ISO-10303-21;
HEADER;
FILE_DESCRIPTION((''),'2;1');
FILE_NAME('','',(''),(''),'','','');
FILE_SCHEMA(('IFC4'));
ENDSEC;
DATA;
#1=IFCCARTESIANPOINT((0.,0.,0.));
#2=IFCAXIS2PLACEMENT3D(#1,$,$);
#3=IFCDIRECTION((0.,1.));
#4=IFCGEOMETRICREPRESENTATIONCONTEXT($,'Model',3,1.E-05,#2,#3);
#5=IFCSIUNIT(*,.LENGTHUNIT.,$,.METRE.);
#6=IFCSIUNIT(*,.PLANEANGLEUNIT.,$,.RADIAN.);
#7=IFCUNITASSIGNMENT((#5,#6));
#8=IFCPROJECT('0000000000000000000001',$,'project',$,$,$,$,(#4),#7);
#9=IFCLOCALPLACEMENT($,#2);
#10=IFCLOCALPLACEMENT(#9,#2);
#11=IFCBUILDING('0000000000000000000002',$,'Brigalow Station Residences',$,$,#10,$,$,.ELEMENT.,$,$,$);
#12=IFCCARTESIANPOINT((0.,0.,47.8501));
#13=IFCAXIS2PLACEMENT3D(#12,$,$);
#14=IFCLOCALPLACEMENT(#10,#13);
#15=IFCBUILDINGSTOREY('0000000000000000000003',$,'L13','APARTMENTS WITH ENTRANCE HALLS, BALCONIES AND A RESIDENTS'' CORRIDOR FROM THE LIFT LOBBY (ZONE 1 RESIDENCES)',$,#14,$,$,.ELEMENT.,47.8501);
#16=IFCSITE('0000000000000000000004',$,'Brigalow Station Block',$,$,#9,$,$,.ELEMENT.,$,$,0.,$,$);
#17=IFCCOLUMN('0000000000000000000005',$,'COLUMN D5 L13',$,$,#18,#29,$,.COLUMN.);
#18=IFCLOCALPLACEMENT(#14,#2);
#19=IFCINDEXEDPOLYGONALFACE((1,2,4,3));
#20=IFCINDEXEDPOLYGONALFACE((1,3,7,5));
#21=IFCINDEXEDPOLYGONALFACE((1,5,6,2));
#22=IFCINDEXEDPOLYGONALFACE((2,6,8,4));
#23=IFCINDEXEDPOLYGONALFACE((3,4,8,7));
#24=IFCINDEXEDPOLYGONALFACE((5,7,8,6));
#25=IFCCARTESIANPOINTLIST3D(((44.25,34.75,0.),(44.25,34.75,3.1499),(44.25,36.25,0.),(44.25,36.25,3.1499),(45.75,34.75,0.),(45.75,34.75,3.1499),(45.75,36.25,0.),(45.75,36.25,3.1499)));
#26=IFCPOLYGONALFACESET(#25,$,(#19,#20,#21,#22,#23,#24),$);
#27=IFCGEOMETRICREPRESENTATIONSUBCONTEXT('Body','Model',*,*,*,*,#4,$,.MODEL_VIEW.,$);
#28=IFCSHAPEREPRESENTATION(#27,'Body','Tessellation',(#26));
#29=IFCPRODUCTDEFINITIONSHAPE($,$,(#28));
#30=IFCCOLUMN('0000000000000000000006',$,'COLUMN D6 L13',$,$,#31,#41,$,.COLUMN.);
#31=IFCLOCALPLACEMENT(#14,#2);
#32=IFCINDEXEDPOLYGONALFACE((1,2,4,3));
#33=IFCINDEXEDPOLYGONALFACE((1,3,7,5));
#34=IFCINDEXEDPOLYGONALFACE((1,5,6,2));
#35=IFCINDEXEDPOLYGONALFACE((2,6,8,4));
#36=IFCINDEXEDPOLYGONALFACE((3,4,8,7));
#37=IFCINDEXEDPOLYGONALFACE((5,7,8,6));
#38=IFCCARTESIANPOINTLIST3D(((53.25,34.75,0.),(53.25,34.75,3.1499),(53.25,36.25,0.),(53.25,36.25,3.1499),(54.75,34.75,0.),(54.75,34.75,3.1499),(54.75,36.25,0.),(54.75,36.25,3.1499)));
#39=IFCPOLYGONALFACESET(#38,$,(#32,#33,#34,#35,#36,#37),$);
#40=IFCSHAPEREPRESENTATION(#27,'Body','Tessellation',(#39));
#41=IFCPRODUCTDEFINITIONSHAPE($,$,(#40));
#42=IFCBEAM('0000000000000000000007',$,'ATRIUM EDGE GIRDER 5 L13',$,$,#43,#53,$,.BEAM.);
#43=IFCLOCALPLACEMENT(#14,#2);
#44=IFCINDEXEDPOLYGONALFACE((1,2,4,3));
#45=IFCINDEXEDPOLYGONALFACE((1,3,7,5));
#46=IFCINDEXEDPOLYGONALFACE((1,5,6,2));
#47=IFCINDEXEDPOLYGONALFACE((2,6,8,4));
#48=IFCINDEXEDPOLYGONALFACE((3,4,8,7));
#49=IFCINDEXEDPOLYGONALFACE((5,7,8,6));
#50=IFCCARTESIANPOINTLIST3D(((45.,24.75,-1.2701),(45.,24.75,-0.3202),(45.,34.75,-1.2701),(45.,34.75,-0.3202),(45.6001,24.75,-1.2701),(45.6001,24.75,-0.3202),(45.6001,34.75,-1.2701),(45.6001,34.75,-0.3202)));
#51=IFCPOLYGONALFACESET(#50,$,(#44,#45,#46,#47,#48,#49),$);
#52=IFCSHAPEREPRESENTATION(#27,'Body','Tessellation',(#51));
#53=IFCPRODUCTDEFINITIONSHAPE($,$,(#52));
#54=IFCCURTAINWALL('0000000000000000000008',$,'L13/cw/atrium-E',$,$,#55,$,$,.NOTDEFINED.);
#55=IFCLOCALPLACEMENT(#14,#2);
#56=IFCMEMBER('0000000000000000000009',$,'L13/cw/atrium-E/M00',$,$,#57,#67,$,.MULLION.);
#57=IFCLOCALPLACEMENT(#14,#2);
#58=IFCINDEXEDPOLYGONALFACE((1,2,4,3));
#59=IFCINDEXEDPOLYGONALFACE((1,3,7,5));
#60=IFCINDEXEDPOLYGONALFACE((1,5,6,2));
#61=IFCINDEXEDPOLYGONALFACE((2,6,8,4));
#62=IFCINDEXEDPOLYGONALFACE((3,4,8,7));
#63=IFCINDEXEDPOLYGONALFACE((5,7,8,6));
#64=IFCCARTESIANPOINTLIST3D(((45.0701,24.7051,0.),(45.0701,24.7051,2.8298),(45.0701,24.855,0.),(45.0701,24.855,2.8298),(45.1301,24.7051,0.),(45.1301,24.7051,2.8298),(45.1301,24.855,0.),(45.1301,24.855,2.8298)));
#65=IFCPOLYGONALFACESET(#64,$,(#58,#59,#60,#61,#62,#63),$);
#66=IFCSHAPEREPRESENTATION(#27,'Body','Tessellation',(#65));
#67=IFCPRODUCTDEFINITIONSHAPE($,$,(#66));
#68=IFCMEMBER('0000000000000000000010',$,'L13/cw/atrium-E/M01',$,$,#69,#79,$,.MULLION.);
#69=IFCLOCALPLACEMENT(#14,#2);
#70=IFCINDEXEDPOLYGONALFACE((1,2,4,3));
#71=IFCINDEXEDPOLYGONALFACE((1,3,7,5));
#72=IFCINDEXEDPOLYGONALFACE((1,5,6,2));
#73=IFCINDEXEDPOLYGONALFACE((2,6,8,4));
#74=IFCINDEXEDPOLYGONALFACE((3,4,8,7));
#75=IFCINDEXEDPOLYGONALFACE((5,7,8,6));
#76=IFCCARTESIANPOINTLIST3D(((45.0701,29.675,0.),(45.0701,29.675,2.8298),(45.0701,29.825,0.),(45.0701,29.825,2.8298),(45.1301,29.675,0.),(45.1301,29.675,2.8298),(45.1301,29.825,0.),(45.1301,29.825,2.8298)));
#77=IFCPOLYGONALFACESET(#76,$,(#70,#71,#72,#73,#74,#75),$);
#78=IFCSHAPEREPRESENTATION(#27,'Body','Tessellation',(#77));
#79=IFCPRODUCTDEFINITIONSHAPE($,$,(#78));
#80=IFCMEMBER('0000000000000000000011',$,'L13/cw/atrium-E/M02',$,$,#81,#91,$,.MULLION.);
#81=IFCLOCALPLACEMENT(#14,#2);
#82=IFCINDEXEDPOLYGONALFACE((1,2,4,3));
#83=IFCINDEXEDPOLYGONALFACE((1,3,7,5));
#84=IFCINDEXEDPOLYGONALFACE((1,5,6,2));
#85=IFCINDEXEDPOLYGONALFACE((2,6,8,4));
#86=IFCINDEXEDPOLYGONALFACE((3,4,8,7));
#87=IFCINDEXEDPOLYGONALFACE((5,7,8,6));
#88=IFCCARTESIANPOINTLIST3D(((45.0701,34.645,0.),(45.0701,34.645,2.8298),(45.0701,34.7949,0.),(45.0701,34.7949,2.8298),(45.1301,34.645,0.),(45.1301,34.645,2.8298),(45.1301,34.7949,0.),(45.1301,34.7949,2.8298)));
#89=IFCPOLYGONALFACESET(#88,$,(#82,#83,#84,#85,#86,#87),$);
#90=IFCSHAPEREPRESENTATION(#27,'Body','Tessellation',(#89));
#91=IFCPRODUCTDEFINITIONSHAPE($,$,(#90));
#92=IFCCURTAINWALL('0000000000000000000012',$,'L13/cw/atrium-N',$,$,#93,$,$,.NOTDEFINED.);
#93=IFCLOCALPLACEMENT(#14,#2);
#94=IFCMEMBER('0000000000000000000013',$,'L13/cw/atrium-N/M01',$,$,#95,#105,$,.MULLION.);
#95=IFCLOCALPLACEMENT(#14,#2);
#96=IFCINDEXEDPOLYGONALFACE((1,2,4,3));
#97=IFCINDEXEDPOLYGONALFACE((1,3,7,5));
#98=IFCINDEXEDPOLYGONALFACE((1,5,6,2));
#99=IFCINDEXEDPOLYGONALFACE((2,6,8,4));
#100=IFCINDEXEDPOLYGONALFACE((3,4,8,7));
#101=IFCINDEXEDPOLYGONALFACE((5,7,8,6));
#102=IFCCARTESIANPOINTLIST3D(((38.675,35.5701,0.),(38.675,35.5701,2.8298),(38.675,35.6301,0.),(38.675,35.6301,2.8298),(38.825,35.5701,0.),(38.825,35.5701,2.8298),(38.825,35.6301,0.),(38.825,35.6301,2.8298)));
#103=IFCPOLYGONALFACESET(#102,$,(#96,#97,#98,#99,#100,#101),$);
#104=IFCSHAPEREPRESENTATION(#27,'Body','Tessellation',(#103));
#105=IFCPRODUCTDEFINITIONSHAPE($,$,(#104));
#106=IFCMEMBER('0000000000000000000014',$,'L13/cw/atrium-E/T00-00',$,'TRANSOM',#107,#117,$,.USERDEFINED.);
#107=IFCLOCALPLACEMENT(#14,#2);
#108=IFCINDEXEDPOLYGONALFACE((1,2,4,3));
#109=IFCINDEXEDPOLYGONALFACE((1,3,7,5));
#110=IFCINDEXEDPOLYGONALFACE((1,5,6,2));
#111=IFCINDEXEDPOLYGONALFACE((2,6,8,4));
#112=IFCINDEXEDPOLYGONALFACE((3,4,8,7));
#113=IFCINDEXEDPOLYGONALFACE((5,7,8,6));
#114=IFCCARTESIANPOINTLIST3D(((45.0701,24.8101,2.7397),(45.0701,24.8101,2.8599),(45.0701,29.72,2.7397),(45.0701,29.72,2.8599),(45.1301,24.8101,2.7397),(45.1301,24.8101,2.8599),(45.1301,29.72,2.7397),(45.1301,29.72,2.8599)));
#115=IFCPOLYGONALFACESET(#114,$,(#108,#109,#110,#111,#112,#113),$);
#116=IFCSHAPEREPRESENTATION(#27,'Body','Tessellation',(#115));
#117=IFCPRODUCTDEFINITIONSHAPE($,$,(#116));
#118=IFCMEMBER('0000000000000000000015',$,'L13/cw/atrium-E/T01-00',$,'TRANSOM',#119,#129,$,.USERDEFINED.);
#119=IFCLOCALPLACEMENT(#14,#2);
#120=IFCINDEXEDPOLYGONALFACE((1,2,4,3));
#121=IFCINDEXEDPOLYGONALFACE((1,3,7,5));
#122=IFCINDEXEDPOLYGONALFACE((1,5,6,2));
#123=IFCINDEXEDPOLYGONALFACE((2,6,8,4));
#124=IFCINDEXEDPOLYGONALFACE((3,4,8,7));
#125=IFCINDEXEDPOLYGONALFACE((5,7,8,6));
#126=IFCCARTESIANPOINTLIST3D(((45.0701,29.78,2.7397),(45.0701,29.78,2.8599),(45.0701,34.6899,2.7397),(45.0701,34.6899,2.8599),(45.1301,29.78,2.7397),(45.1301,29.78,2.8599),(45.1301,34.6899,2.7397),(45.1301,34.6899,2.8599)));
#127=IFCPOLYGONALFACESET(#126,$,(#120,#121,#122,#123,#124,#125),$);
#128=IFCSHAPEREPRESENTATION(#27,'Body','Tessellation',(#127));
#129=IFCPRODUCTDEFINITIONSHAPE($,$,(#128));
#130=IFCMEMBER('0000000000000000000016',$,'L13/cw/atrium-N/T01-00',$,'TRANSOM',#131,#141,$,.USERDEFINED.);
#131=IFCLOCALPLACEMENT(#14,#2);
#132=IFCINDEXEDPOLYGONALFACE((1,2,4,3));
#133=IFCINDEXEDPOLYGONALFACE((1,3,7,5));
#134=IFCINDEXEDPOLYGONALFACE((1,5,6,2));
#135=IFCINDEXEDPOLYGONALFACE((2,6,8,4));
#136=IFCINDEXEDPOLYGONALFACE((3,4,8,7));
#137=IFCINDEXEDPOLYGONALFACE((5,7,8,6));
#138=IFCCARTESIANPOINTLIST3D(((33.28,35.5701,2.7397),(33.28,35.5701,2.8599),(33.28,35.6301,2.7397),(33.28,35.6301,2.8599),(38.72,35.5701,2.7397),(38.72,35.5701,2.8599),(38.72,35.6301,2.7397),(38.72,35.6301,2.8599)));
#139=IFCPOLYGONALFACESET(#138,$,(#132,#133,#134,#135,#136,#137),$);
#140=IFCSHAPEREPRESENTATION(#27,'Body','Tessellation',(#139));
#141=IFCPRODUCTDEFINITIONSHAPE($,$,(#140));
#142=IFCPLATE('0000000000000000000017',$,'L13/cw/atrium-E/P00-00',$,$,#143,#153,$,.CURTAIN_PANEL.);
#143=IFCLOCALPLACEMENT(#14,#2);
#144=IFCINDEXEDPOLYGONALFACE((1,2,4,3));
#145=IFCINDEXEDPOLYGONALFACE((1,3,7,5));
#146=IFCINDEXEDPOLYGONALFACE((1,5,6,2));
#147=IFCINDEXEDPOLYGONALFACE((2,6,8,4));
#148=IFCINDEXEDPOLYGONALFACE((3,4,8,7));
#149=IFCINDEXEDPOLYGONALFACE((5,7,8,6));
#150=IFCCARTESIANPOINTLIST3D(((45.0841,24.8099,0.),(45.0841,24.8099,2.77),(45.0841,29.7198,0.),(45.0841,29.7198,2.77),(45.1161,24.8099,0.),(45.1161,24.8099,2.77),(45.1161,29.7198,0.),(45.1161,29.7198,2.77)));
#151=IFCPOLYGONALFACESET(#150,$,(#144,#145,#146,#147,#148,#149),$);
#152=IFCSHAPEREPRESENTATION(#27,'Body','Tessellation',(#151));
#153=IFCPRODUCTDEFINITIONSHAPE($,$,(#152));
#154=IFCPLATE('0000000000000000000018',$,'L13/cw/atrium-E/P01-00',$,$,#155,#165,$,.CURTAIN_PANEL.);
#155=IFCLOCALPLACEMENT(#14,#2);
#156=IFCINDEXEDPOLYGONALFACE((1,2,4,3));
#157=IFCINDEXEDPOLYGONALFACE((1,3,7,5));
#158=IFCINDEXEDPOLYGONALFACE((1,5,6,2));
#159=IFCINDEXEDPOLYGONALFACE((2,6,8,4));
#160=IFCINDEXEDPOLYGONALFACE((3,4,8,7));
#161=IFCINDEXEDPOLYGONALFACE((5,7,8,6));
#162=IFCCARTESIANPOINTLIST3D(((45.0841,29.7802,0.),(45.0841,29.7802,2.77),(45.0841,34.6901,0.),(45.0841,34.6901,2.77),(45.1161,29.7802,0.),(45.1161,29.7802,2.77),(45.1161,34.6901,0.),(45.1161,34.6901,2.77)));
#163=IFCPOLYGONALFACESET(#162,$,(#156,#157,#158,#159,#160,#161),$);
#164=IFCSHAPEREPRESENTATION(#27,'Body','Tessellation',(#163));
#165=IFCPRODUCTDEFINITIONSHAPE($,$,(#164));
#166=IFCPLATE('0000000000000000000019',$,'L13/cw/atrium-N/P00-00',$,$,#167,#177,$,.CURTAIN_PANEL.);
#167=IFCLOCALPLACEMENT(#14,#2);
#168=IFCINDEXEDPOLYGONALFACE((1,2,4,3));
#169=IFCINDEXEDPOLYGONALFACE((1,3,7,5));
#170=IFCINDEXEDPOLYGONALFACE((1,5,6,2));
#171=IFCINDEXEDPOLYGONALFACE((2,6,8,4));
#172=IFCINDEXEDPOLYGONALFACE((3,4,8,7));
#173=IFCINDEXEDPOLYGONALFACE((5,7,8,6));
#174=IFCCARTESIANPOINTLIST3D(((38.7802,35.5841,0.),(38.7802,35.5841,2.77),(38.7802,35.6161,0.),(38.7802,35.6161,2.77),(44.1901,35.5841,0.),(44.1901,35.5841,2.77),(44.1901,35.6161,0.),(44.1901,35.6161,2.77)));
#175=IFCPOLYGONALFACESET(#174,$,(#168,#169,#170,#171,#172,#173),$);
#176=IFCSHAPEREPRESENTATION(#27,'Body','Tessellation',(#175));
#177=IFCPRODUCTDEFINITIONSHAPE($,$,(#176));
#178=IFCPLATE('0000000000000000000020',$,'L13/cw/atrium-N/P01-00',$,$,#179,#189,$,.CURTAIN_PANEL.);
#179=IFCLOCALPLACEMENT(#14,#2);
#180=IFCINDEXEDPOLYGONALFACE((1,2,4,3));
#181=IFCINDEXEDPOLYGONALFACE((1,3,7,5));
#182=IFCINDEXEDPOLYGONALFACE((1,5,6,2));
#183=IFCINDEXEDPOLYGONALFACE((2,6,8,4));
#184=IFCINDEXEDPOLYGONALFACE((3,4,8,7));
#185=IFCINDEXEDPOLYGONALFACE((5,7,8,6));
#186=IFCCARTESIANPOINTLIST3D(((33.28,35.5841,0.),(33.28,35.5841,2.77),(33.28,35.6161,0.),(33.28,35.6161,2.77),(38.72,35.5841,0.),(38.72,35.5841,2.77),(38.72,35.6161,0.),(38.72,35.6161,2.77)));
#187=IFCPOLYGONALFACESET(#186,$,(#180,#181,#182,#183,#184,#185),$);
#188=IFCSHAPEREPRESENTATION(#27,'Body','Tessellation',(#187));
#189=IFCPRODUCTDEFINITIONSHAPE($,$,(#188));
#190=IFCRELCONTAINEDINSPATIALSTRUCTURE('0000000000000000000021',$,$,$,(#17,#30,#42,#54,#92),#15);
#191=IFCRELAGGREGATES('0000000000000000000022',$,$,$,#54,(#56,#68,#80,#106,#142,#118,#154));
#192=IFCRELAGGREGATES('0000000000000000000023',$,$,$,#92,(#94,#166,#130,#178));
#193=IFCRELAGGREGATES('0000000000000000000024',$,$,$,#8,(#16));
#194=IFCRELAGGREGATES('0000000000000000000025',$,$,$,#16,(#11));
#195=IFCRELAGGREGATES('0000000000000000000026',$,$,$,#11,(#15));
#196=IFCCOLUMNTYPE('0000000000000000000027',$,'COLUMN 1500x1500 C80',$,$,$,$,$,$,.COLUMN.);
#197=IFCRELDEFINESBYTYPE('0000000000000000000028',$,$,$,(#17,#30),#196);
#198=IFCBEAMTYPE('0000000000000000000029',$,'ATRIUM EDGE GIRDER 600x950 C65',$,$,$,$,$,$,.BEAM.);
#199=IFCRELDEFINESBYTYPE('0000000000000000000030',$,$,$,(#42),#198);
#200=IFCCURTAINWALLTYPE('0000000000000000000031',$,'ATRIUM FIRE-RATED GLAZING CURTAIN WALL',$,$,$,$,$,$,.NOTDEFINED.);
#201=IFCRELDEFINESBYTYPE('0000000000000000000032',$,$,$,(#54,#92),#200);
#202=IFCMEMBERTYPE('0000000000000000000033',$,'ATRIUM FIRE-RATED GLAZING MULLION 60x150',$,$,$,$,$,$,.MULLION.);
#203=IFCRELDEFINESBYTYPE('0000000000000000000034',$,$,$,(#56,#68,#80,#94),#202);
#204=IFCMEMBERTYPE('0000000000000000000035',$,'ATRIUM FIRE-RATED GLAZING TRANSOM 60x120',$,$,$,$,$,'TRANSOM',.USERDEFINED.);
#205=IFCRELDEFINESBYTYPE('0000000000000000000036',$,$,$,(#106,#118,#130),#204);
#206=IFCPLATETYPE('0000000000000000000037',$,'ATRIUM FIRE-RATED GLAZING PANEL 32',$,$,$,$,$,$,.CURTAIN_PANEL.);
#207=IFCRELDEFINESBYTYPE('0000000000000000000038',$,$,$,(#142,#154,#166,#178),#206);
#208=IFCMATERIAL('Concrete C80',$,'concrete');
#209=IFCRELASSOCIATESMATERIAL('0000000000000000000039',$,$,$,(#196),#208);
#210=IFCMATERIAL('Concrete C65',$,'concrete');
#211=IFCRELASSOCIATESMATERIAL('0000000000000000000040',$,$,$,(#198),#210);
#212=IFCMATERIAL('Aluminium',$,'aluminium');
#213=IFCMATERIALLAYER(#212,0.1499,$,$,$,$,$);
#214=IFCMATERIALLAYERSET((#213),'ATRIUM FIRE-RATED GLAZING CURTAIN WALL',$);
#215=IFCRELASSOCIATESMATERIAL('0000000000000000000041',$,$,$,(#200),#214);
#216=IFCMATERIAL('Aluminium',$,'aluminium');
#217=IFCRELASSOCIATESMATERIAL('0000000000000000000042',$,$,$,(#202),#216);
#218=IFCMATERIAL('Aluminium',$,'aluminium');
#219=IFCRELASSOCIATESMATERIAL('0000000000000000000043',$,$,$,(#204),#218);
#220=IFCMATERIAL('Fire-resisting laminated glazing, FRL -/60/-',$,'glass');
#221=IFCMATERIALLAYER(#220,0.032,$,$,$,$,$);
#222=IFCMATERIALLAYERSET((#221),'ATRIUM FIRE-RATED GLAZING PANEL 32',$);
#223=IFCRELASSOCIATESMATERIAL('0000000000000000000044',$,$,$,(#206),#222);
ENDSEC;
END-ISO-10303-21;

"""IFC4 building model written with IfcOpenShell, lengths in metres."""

from ifc_helpers import new_model, si_unit, direction, frame, origin, origin_2d, place, context, subcontext, project, spatial, rectangle, extrude, material, layer, layer_set, material_profile, profile_set, type_object, element, aggregate, save


model = new_model("IFC4")

# Units and contexts
model_context = context("Model", 3, precision=1e-05, world=origin(), true_north=direction((0.0, 1.0)))
body_context = subcontext(model_context, "Body", "Model", "MODEL_VIEW")
ifc_project = project(units=[si_unit("LENGTHUNIT", "METRE"), si_unit("PLANEANGLEUNIT", "RADIAN")], contexts=[model_context])

# Site, building, storey
site_placement = place(None, origin())
site = spatial("IfcSite", under=ifc_project, at=site_placement, Name="Brigalow Station Block", CompositionType="ELEMENT", RefElevation=0.0)
building_placement = place(site_placement, origin())
building = spatial("IfcBuilding", under=site, at=building_placement, Name="Brigalow Station Residences", CompositionType="ELEMENT")
storey_placement = place(building_placement, frame((0.0, 0.0, 47.8501)))
storey = spatial("IfcBuildingStorey", under=building, at=storey_placement, Name="L13", Description="APARTMENTS WITH ENTRANCE HALLS, BALCONIES AND A RESIDENTS' CORRIDOR FROM THE LIFT LOBBY (ZONE 1 RESIDENCES)", CompositionType="ELEMENT", Elevation=47.8501)

# Columns
ifc_material_1 = material(Name="Concrete C80", Category="concrete")
ifc_material_profile_1 = material_profile(ifc_material_1, rectangle(XDim=1.5, YDim=1.5, at=origin_2d()), Name="RC1500x1500")
ifc_profile_set_1 = profile_set([ifc_material_profile_1], Name="Concrete C80")
column_type = type_object("IfcColumnType", Name="COLUMN 1500x1500 C80", PredefinedType="COLUMN", material=ifc_profile_set_1)
for number, where, z_axis, x_axis, name in (
    (1, (45.0, 35.5, 0.0), (0.0, 0.0, 1.0), (1.0, 0.0, 0.0), "COLUMN D5 L13"),
    (2, (54.0, 35.5, 0.0), (0.0, 0.0, 1.0), (1.0, 0.0, 0.0), "COLUMN D6 L13"),
):
    element("IfcColumn", number, at=place(storey_placement, frame(where, z_axis=z_axis, x_axis=x_axis)), inside=storey, type_object=column_type, Name=name, PredefinedType="COLUMN", context=body_context, shape_type="SweptSolid", body=[
        extrude(rectangle(XDim=1.5, YDim=1.5, at=origin_2d()), origin(), (0.0, 0.0, 1.0), 3.1499),
    ])

# Beam
ifc_material_2 = material(Name="Concrete C65", Category="concrete")
ifc_material_profile_2 = material_profile(ifc_material_2, rectangle(XDim=0.6001, YDim=0.95, at=origin_2d()), Name="RC600x950")
ifc_profile_set_2 = profile_set([ifc_material_profile_2], Name="Concrete C65")
beam_type = type_object("IfcBeamType", Name="ATRIUM EDGE GIRDER 600x950 C65", PredefinedType="BEAM", material=ifc_profile_set_2)
beam_placement = place(storey_placement, frame((45.3, 24.75, -0.7952), z_axis=(0.0, 1.0, 0.0), x_axis=(-1.0, 0.0, 0.0)))
element("IfcBeam", 3, at=beam_placement, inside=storey, type_object=beam_type, Name="ATRIUM EDGE GIRDER 5 L13", PredefinedType="BEAM", context=body_context, shape_type="SweptSolid", body=[
    extrude(rectangle(XDim=0.6001, YDim=0.95, at=origin_2d()), origin(), (0.0, 0.0, 1.0), 10.0),
])

# Curtain wall, members
ifc_material_3 = material(Name="Aluminium", Category="aluminium")
ifc_layer_1 = layer(ifc_material_3, 0.1499)
ifc_layer_set_1 = layer_set([ifc_layer_1], Name="ATRIUM FIRE-RATED GLAZING CURTAIN WALL")
curtain_wall_type = type_object("IfcCurtainWallType", Name="ATRIUM FIRE-RATED GLAZING CURTAIN WALL", PredefinedType="NOTDEFINED", material=ifc_layer_set_1)
curtain_wall_1_placement = place(storey_placement, origin())
curtain_wall_1 = element("IfcCurtainWall", 4, at=curtain_wall_1_placement, inside=storey, type_object=curtain_wall_type, Name="L13/cw/atrium-E", PredefinedType="NOTDEFINED")
ifc_material_4 = material(Name="Aluminium", Category="aluminium")
ifc_material_profile_3 = material_profile(ifc_material_4, rectangle(XDim=0.0601, YDim=0.1499, at=origin_2d()), Name="ATRIUM FIRE-RATED GLAZING MULLION 60x150")
ifc_profile_set_3 = profile_set([ifc_material_profile_3], Name="Aluminium")
member_type_1 = type_object("IfcMemberType", Name="ATRIUM FIRE-RATED GLAZING MULLION 60x150", PredefinedType="MULLION", material=ifc_profile_set_3)
member_1_placement = place(storey_placement, frame((45.1001, 24.78, 0.0), z_axis=(0.0, 0.0, 1.0), x_axis=(-1.0, 0.0, 0.0)))
member_1 = element("IfcMember", 5, at=member_1_placement, type_object=member_type_1, Name="L13/cw/atrium-E/M00", PredefinedType="MULLION", context=body_context, shape_type="SweptSolid", body=[
    extrude(rectangle(XDim=0.0601, YDim=0.1499, at=origin_2d()), origin(), (0.0, 0.0, 1.0), 2.8298),
])
member_2_placement = place(storey_placement, frame((45.1001, 29.75, 0.0), z_axis=(0.0, 0.0, 1.0), x_axis=(-1.0, 0.0, 0.0)))
member_2 = element("IfcMember", 6, at=member_2_placement, type_object=member_type_1, Name="L13/cw/atrium-E/M01", PredefinedType="MULLION", context=body_context, shape_type="SweptSolid", body=[
    extrude(rectangle(XDim=0.0601, YDim=0.1499, at=origin_2d()), origin(), (0.0, 0.0, 1.0), 2.8298),
])
member_3_placement = place(storey_placement, frame((45.1001, 34.72, 0.0), z_axis=(0.0, 0.0, 1.0), x_axis=(-1.0, 0.0, 0.0)))
member_3 = element("IfcMember", 7, at=member_3_placement, type_object=member_type_1, Name="L13/cw/atrium-E/M02", PredefinedType="MULLION", context=body_context, shape_type="SweptSolid", body=[
    extrude(rectangle(XDim=0.0601, YDim=0.1499, at=origin_2d()), origin(), (0.0, 0.0, 1.0), 2.8298),
])

# Curtain wall, member
curtain_wall_2_placement = place(storey_placement, origin())
curtain_wall_2 = element("IfcCurtainWall", 8, at=curtain_wall_2_placement, inside=storey, type_object=curtain_wall_type, Name="L13/cw/atrium-N", PredefinedType="NOTDEFINED")
member_4_placement = place(storey_placement, frame((38.75, 35.6001, 0.0), z_axis=(0.0, 0.0, 1.0), x_axis=(0.0, -1.0, 0.0)))
member_4 = element("IfcMember", 9, at=member_4_placement, type_object=member_type_1, Name="L13/cw/atrium-N/M01", PredefinedType="MULLION", context=body_context, shape_type="SweptSolid", body=[
    extrude(rectangle(XDim=0.0601, YDim=0.1499, at=origin_2d()), origin(), (0.0, 0.0, 1.0), 2.8298),
])

# Members
ifc_material_5 = material(Name="Aluminium", Category="aluminium")
ifc_material_profile_4 = material_profile(ifc_material_5, rectangle(XDim=0.0601, YDim=0.1201, at=origin_2d()), Name="ATRIUM FIRE-RATED GLAZING TRANSOM 60x120")
ifc_profile_set_4 = profile_set([ifc_material_profile_4], Name="Aluminium")
member_type_2 = type_object("IfcMemberType", Name="ATRIUM FIRE-RATED GLAZING TRANSOM 60x120", ElementType="TRANSOM", PredefinedType="USERDEFINED", material=ifc_profile_set_4)
member_5_placement = place(storey_placement, frame((45.1001, 24.8101, 2.7998), z_axis=(0.0, 1.0, 0.0), x_axis=(-1.0, 0.0, 0.0)))
member_5 = element("IfcMember", 10, at=member_5_placement, type_object=member_type_2, Name="L13/cw/atrium-E/T00-00", ObjectType="TRANSOM", PredefinedType="USERDEFINED", context=body_context, shape_type="SweptSolid", body=[
    extrude(rectangle(XDim=0.0601, YDim=0.1201, at=origin_2d()), origin(), (0.0, 0.0, 1.0), 4.9099),
])
member_6_placement = place(storey_placement, frame((45.1001, 29.78, 2.7998), z_axis=(0.0, 1.0, 0.0), x_axis=(-1.0, 0.0, 0.0)))
member_6 = element("IfcMember", 11, at=member_6_placement, type_object=member_type_2, Name="L13/cw/atrium-E/T01-00", ObjectType="TRANSOM", PredefinedType="USERDEFINED", context=body_context, shape_type="SweptSolid", body=[
    extrude(rectangle(XDim=0.0601, YDim=0.1201, at=origin_2d()), origin(), (0.0, 0.0, 1.0), 4.9099),
])
member_7_placement = place(storey_placement, frame((38.72, 35.6001, 2.7998), z_axis=(-1.0, 0.0, 0.0), x_axis=(0.0, -1.0, 0.0)))
member_7 = element("IfcMember", 12, at=member_7_placement, type_object=member_type_2, Name="L13/cw/atrium-N/T01-00", ObjectType="TRANSOM", PredefinedType="USERDEFINED", context=body_context, shape_type="SweptSolid", body=[
    extrude(rectangle(XDim=0.0601, YDim=0.1201, at=origin_2d()), origin(), (0.0, 0.0, 1.0), 5.4399),
])

# Plates
ifc_material_6 = material(Name="Fire-resisting laminated glazing, FRL -/60/-", Category="glass")
ifc_layer_2 = layer(ifc_material_6, 0.032)
ifc_layer_set_2 = layer_set([ifc_layer_2], Name="ATRIUM FIRE-RATED GLAZING PANEL 32")
plate_type = type_object("IfcPlateType", Name="ATRIUM FIRE-RATED GLAZING PANEL 32", PredefinedType="CURTAIN_PANEL", material=ifc_layer_set_2)
plate_1_placement = place(storey_placement, frame((45.1001, 27.2649, 0.0), z_axis=(0.0, 0.0, 1.0), x_axis=(0.0, 1.0, 0.0)))
plate_1 = element("IfcPlate", 13, at=plate_1_placement, type_object=plate_type, Name="L13/cw/atrium-E/P00-00", PredefinedType="CURTAIN_PANEL", context=body_context, shape_type="SweptSolid", body=[
    extrude(rectangle(XDim=4.9099, YDim=0.032, at=origin_2d()), origin(), (0.0, 0.0, 1.0), 2.77),
])
plate_2_placement = place(storey_placement, frame((45.1001, 32.2351, 0.0), z_axis=(0.0, 0.0, 1.0), x_axis=(0.0, 1.0, 0.0)))
plate_2 = element("IfcPlate", 14, at=plate_2_placement, type_object=plate_type, Name="L13/cw/atrium-E/P01-00", PredefinedType="CURTAIN_PANEL", context=body_context, shape_type="SweptSolid", body=[
    extrude(rectangle(XDim=4.9099, YDim=0.032, at=origin_2d()), origin(), (0.0, 0.0, 1.0), 2.77),
])
aggregate(curtain_wall_1, [member_1, member_2, member_3, member_5, plate_1, member_6, plate_2])
plate_3_placement = place(storey_placement, frame((41.4851, 35.6001, 0.0), z_axis=(0.0, 0.0, 1.0), x_axis=(-1.0, 0.0, 0.0)))
plate_3 = element("IfcPlate", 15, at=plate_3_placement, type_object=plate_type, Name="L13/cw/atrium-N/P00-00", PredefinedType="CURTAIN_PANEL", context=body_context, shape_type="SweptSolid", body=[
    extrude(rectangle(XDim=5.4099, YDim=0.032, at=origin_2d()), origin(), (0.0, 0.0, 1.0), 2.77),
])
plate_4_placement = place(storey_placement, frame((36.0, 35.6001, 0.0), z_axis=(0.0, 0.0, 1.0), x_axis=(-1.0, 0.0, 0.0)))
plate_4 = element("IfcPlate", 16, at=plate_4_placement, type_object=plate_type, Name="L13/cw/atrium-N/P01-00", PredefinedType="CURTAIN_PANEL", context=body_context, shape_type="SweptSolid", body=[
    extrude(rectangle(XDim=5.4399, YDim=0.032, at=origin_2d()), origin(), (0.0, 0.0, 1.0), 2.77),
])
aggregate(curtain_wall_2, [member_4, plate_3, member_7, plate_4])

save(model, "model.ifc")
